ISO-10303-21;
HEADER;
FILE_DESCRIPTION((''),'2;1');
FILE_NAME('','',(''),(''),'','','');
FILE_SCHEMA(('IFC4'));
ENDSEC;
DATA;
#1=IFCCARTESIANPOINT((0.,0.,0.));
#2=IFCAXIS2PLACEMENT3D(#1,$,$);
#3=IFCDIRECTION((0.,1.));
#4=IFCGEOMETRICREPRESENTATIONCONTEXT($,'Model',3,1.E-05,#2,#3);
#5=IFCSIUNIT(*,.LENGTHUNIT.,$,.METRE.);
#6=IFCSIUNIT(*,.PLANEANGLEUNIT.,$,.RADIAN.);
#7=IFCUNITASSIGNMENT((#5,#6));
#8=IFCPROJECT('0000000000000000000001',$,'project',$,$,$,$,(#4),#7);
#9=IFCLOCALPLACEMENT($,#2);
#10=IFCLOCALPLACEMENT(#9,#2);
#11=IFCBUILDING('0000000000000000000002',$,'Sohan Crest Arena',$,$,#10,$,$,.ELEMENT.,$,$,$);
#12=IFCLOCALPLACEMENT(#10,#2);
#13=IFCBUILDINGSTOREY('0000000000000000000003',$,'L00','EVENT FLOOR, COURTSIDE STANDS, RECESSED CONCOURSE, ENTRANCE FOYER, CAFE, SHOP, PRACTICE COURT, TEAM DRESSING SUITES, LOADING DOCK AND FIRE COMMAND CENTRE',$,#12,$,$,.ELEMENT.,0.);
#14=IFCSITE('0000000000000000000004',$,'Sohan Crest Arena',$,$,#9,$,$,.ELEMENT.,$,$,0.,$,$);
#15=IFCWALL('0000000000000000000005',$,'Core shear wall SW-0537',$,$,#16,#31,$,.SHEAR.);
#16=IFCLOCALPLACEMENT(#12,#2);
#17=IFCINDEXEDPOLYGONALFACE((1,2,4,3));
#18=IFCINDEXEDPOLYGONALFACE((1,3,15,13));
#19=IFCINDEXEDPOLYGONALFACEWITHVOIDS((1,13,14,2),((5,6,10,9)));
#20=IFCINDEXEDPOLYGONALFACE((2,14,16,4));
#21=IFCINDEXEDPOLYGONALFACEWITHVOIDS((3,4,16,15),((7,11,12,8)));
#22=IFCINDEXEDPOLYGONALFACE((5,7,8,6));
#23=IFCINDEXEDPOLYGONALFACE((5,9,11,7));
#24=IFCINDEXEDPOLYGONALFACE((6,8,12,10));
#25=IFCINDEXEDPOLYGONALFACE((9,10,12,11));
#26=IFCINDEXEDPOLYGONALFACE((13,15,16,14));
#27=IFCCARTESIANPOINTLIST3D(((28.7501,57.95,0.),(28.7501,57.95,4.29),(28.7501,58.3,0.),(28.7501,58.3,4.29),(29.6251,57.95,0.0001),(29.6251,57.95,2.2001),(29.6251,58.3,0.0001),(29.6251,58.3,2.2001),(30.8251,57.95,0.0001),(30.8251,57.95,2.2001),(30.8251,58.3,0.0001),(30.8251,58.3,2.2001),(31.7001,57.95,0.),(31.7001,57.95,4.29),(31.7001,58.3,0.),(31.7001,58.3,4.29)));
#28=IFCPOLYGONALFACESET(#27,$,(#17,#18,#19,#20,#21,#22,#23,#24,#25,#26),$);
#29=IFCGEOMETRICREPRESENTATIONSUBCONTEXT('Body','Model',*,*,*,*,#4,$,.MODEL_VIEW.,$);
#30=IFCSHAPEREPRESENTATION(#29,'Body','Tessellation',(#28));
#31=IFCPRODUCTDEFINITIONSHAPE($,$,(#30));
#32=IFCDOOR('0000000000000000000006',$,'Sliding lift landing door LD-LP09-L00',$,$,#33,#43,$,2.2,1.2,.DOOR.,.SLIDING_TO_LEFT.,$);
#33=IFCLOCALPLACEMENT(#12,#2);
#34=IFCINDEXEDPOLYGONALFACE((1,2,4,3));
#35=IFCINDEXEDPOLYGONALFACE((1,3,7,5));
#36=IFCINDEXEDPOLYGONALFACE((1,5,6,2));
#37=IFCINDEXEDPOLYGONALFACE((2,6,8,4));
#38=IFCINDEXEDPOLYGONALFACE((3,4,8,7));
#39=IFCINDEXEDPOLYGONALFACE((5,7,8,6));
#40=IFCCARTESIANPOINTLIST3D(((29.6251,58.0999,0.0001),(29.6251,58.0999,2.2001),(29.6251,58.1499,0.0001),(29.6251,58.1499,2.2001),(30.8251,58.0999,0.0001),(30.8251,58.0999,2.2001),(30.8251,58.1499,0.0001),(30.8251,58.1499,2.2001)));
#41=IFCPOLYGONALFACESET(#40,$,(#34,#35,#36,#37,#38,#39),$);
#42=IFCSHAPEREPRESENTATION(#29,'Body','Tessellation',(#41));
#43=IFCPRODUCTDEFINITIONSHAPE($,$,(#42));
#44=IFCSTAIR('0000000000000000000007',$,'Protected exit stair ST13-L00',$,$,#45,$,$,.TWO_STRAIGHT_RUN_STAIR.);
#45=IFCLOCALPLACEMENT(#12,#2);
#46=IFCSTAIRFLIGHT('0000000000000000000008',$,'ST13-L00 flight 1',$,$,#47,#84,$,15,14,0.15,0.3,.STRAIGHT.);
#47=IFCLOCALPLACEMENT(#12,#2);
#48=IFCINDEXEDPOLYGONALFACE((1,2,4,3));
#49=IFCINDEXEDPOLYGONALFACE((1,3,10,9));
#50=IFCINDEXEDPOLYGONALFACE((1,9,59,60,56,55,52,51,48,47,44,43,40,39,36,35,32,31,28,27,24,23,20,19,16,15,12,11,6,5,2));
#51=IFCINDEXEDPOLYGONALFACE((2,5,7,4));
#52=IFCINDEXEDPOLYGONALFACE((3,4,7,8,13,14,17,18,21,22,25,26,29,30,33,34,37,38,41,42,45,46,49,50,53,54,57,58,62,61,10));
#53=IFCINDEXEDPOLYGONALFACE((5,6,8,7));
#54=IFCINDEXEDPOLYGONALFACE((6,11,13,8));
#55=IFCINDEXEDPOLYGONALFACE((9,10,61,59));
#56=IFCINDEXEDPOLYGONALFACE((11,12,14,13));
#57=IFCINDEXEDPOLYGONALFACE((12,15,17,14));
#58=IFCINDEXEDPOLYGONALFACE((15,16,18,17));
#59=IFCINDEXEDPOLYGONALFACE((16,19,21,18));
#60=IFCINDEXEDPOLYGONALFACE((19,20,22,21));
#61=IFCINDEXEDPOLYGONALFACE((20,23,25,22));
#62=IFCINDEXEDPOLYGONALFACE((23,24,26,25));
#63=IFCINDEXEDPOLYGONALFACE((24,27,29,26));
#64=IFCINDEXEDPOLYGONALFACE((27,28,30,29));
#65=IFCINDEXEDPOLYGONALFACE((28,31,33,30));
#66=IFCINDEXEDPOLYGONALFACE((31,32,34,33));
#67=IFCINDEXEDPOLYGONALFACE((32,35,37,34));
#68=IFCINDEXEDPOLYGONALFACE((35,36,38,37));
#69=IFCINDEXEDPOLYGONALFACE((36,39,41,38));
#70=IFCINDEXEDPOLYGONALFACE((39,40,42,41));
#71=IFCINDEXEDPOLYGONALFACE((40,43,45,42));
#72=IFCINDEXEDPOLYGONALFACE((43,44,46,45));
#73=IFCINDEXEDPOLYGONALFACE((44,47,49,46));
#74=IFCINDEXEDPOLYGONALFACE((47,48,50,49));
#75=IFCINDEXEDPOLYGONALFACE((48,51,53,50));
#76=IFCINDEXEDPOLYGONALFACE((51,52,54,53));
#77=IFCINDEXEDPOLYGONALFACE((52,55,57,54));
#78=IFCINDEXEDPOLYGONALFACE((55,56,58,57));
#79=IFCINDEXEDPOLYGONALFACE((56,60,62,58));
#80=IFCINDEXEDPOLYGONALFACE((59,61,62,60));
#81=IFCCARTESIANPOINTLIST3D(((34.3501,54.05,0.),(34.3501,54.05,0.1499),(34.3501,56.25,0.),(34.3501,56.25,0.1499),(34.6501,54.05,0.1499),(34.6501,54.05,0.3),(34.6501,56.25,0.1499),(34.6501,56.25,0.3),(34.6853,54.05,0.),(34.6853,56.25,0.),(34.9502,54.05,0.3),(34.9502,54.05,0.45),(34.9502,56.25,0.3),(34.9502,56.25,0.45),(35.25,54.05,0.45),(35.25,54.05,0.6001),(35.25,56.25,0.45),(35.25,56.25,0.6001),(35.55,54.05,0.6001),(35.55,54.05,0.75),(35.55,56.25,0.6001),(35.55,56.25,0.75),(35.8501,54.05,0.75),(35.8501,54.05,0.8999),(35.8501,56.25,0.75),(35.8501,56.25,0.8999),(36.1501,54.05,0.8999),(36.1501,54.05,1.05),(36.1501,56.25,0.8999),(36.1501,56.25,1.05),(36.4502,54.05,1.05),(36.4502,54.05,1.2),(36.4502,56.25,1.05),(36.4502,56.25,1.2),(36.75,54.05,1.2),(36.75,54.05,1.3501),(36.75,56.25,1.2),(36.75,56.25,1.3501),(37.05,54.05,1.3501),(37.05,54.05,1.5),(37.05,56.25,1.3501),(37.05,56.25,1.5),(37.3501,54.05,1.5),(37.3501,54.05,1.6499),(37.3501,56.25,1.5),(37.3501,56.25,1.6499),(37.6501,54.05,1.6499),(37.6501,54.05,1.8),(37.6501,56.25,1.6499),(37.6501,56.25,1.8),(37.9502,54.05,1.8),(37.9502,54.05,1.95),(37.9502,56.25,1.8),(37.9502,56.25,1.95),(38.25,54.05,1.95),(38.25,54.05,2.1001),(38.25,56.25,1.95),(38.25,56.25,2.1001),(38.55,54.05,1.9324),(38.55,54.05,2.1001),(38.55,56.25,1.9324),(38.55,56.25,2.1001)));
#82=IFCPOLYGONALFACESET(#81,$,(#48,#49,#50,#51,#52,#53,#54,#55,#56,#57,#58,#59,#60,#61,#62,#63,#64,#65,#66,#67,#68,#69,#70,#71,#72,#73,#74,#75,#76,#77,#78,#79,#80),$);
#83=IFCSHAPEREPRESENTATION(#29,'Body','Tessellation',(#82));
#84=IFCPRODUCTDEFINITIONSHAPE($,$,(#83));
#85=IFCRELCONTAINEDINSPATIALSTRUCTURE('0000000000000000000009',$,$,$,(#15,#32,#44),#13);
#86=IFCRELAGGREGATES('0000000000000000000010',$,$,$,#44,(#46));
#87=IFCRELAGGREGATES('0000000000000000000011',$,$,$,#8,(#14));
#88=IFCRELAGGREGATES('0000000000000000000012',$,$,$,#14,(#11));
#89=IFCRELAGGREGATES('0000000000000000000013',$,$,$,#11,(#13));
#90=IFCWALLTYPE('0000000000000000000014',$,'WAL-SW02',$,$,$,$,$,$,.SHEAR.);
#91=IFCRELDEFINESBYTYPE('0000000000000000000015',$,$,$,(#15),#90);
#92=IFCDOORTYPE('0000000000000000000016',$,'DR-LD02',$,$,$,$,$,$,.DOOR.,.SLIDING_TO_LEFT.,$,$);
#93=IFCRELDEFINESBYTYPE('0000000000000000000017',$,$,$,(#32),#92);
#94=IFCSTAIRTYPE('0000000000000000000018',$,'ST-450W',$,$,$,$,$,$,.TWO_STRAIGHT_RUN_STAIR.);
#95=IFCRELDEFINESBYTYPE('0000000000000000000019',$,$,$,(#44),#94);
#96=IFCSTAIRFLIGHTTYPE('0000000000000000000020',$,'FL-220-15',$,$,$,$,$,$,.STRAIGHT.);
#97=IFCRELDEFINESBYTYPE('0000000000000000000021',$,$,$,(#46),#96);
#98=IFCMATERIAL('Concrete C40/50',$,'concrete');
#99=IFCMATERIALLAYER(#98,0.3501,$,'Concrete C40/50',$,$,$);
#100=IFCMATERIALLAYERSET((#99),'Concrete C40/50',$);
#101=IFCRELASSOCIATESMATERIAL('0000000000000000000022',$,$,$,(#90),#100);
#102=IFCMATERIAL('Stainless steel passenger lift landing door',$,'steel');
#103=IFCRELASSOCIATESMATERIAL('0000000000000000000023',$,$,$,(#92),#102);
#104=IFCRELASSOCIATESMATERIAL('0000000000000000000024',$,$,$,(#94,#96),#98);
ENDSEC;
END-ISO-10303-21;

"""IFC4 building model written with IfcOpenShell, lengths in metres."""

from ifc_helpers import new_model, si_unit, direction, frame, frame_2d, origin, place, context, subcontext, project, spatial, polyline, rectangle, outline, extrude, material, layer, layer_set, type_object, element, fill, aggregate, save


model = new_model("IFC4")

# Units and contexts
model_context = context("Model", 3, precision=1e-05, world=origin(), true_north=direction((0.0, 1.0)))
body_context = subcontext(model_context, "Body", "Model", "MODEL_VIEW")
ifc_project = project(units=[si_unit("LENGTHUNIT", "METRE"), si_unit("PLANEANGLEUNIT", "RADIAN")], contexts=[model_context])

# Site, building, storey
site_placement = place(None, origin())
site = spatial("IfcSite", under=ifc_project, at=site_placement, Name="Sohan Crest Arena", CompositionType="ELEMENT", RefElevation=0.0)
building_placement = place(site_placement, origin())
building = spatial("IfcBuilding", under=site, at=building_placement, Name="Sohan Crest Arena", CompositionType="ELEMENT")
storey_placement = place(building_placement, origin())
storey = spatial("IfcBuildingStorey", under=building, at=storey_placement, Name="L00", Description="EVENT FLOOR, COURTSIDE STANDS, RECESSED CONCOURSE, ENTRANCE FOYER, CAFE, SHOP, PRACTICE COURT, TEAM DRESSING SUITES, LOADING DOCK AND FIRE COMMAND CENTRE", CompositionType="ELEMENT", Elevation=0.0)

# Shared definitions
ifc_material_1 = material(Name="Concrete C40/50", Category="concrete")

# Shared definitions
ifc_layer_1 = layer(ifc_material_1, 0.3501, Name="Concrete C40/50")
ifc_layer_set_1 = layer_set([ifc_layer_1], Name="Concrete C40/50")
wall_type_1 = type_object("IfcWallType", Name="WAL-SW02", PredefinedType="SHEAR", material=ifc_layer_set_1)

# Wall, opening, door
wall_1_placement = place(storey_placement, frame((28.75, 58.125, 0.0), z_axis=(0.0, 0.0, 1.0), x_axis=(1.0, 0.0, 0.0)))
wall_1 = element("IfcWall", 1, at=wall_1_placement, inside=storey, type_object=wall_type_1, Name="Core shear wall SW-0537", PredefinedType="SHEAR", context=body_context, shape_type="SweptSolid", body=[
    extrude(rectangle(XDim=2.95, YDim=0.3501, at=frame_2d((1.4751, 0.0))), origin(), (0.0, 0.0, 1.0), 4.29),
])
opening_1_placement = place(wall_1_placement, frame((0.875, 0.0, 0.0)))
opening_1 = element("IfcOpeningElement", 2, at=opening_1_placement, cuts=wall_1, PredefinedType="OPENING", context=body_context, shape_type="SweptSolid", body=[
    extrude(rectangle(XDim=1.2, YDim=2.2, at=frame_2d((0.6001, 1.1001))), frame((0.0, 0.1851, 0.0), z_axis=(0.0, -1.0, 0.0), x_axis=(1.0, 0.0, 0.0)), (0.0, 0.0, 1.0), 0.3701),
])
ifc_material_2 = material(Name="Stainless steel passenger lift landing door", Category="steel")
door_type_1 = type_object("IfcDoorType", Name="DR-LD02", OperationType="SLIDING_TO_LEFT", PredefinedType="DOOR", material=ifc_material_2)
door_1_placement = place(opening_1_placement, origin())
door_1 = element("IfcDoor", 3, at=door_1_placement, inside=storey, type_object=door_type_1, Name="Sliding lift landing door LD-LP09-L00", OperationType="SLIDING_TO_LEFT", OverallHeight=2.2, OverallWidth=1.2, PredefinedType="DOOR", context=body_context, shape_type="SweptSolid", body=[
    extrude(rectangle(XDim=1.2, YDim=2.2, at=frame_2d((0.6001, 1.1001))), frame((0.0, 0.0249, 0.0), z_axis=(0.0, -1.0, 0.0), x_axis=(1.0, 0.0, 0.0)), (0.0, 0.0, 1.0), 0.05),
])
fill(opening_1, door_1)

# Stair, stair flight
stair_type = type_object("IfcStairType", Name="ST-450W", PredefinedType="TWO_STRAIGHT_RUN_STAIR", material=ifc_material_1)
stair_placement = place(storey_placement, origin())
stair = element("IfcStair", 4, at=stair_placement, inside=storey, type_object=stair_type, Name="Protected exit stair ST13-L00", PredefinedType="TWO_STRAIGHT_RUN_STAIR")
stair_flight_type = type_object("IfcStairFlightType", Name="FL-220-15", PredefinedType="STRAIGHT", material=ifc_material_1)
stair_flight_placement = place(storey_placement, frame((34.3501, 55.1499, 0.0), z_axis=(0.0, 0.0, 1.0), x_axis=(1.0, 0.0, 0.0)))
stair_flight = element("IfcStairFlight", 5, at=stair_flight_placement, type_object=stair_flight_type, Name="ST13-L00 flight 1", NumberOfRisers=15, NumberOfTreads=14, PredefinedType="STRAIGHT", RiserHeight=0.15, TreadLength=0.3, context=body_context, shape_type="SweptSolid", body=[
    extrude(outline(polyline([(0.0, 0.0), (0.0, 0.1499), (0.3, 0.1499), (0.3, 0.3), (0.6001, 0.3), (0.6001, 0.45), (0.8999, 0.45), (0.8999, 0.6001), (1.2, 0.6001), (1.2, 0.75), (1.5, 0.75), (1.5, 0.8999), (1.8, 0.8999), (1.8, 1.05), (2.1001, 1.05), (2.1001, 1.2), (2.3999, 1.2), (2.3999, 1.3501), (2.7, 1.3501), (2.7, 1.5), (3.0, 1.5), (3.0, 1.6499), (3.3, 1.6499), (3.3, 1.8), (3.6001, 1.8), (3.6001, 1.95), (3.8999, 1.95), (3.8999, 2.1001), (4.2, 2.1001), (4.2, 2.25), (4.2, 1.9324), (0.3352, 0.0), (0.0, 0.0)])), frame((0.0, 1.1001, 0.0), z_axis=(0.0, -1.0, 0.0), x_axis=(1.0, 0.0, 0.0)), (0.0, 0.0, 1.0), 2.2),
])
aggregate(stair, [stair_flight])

save(model, "model.ifc")
